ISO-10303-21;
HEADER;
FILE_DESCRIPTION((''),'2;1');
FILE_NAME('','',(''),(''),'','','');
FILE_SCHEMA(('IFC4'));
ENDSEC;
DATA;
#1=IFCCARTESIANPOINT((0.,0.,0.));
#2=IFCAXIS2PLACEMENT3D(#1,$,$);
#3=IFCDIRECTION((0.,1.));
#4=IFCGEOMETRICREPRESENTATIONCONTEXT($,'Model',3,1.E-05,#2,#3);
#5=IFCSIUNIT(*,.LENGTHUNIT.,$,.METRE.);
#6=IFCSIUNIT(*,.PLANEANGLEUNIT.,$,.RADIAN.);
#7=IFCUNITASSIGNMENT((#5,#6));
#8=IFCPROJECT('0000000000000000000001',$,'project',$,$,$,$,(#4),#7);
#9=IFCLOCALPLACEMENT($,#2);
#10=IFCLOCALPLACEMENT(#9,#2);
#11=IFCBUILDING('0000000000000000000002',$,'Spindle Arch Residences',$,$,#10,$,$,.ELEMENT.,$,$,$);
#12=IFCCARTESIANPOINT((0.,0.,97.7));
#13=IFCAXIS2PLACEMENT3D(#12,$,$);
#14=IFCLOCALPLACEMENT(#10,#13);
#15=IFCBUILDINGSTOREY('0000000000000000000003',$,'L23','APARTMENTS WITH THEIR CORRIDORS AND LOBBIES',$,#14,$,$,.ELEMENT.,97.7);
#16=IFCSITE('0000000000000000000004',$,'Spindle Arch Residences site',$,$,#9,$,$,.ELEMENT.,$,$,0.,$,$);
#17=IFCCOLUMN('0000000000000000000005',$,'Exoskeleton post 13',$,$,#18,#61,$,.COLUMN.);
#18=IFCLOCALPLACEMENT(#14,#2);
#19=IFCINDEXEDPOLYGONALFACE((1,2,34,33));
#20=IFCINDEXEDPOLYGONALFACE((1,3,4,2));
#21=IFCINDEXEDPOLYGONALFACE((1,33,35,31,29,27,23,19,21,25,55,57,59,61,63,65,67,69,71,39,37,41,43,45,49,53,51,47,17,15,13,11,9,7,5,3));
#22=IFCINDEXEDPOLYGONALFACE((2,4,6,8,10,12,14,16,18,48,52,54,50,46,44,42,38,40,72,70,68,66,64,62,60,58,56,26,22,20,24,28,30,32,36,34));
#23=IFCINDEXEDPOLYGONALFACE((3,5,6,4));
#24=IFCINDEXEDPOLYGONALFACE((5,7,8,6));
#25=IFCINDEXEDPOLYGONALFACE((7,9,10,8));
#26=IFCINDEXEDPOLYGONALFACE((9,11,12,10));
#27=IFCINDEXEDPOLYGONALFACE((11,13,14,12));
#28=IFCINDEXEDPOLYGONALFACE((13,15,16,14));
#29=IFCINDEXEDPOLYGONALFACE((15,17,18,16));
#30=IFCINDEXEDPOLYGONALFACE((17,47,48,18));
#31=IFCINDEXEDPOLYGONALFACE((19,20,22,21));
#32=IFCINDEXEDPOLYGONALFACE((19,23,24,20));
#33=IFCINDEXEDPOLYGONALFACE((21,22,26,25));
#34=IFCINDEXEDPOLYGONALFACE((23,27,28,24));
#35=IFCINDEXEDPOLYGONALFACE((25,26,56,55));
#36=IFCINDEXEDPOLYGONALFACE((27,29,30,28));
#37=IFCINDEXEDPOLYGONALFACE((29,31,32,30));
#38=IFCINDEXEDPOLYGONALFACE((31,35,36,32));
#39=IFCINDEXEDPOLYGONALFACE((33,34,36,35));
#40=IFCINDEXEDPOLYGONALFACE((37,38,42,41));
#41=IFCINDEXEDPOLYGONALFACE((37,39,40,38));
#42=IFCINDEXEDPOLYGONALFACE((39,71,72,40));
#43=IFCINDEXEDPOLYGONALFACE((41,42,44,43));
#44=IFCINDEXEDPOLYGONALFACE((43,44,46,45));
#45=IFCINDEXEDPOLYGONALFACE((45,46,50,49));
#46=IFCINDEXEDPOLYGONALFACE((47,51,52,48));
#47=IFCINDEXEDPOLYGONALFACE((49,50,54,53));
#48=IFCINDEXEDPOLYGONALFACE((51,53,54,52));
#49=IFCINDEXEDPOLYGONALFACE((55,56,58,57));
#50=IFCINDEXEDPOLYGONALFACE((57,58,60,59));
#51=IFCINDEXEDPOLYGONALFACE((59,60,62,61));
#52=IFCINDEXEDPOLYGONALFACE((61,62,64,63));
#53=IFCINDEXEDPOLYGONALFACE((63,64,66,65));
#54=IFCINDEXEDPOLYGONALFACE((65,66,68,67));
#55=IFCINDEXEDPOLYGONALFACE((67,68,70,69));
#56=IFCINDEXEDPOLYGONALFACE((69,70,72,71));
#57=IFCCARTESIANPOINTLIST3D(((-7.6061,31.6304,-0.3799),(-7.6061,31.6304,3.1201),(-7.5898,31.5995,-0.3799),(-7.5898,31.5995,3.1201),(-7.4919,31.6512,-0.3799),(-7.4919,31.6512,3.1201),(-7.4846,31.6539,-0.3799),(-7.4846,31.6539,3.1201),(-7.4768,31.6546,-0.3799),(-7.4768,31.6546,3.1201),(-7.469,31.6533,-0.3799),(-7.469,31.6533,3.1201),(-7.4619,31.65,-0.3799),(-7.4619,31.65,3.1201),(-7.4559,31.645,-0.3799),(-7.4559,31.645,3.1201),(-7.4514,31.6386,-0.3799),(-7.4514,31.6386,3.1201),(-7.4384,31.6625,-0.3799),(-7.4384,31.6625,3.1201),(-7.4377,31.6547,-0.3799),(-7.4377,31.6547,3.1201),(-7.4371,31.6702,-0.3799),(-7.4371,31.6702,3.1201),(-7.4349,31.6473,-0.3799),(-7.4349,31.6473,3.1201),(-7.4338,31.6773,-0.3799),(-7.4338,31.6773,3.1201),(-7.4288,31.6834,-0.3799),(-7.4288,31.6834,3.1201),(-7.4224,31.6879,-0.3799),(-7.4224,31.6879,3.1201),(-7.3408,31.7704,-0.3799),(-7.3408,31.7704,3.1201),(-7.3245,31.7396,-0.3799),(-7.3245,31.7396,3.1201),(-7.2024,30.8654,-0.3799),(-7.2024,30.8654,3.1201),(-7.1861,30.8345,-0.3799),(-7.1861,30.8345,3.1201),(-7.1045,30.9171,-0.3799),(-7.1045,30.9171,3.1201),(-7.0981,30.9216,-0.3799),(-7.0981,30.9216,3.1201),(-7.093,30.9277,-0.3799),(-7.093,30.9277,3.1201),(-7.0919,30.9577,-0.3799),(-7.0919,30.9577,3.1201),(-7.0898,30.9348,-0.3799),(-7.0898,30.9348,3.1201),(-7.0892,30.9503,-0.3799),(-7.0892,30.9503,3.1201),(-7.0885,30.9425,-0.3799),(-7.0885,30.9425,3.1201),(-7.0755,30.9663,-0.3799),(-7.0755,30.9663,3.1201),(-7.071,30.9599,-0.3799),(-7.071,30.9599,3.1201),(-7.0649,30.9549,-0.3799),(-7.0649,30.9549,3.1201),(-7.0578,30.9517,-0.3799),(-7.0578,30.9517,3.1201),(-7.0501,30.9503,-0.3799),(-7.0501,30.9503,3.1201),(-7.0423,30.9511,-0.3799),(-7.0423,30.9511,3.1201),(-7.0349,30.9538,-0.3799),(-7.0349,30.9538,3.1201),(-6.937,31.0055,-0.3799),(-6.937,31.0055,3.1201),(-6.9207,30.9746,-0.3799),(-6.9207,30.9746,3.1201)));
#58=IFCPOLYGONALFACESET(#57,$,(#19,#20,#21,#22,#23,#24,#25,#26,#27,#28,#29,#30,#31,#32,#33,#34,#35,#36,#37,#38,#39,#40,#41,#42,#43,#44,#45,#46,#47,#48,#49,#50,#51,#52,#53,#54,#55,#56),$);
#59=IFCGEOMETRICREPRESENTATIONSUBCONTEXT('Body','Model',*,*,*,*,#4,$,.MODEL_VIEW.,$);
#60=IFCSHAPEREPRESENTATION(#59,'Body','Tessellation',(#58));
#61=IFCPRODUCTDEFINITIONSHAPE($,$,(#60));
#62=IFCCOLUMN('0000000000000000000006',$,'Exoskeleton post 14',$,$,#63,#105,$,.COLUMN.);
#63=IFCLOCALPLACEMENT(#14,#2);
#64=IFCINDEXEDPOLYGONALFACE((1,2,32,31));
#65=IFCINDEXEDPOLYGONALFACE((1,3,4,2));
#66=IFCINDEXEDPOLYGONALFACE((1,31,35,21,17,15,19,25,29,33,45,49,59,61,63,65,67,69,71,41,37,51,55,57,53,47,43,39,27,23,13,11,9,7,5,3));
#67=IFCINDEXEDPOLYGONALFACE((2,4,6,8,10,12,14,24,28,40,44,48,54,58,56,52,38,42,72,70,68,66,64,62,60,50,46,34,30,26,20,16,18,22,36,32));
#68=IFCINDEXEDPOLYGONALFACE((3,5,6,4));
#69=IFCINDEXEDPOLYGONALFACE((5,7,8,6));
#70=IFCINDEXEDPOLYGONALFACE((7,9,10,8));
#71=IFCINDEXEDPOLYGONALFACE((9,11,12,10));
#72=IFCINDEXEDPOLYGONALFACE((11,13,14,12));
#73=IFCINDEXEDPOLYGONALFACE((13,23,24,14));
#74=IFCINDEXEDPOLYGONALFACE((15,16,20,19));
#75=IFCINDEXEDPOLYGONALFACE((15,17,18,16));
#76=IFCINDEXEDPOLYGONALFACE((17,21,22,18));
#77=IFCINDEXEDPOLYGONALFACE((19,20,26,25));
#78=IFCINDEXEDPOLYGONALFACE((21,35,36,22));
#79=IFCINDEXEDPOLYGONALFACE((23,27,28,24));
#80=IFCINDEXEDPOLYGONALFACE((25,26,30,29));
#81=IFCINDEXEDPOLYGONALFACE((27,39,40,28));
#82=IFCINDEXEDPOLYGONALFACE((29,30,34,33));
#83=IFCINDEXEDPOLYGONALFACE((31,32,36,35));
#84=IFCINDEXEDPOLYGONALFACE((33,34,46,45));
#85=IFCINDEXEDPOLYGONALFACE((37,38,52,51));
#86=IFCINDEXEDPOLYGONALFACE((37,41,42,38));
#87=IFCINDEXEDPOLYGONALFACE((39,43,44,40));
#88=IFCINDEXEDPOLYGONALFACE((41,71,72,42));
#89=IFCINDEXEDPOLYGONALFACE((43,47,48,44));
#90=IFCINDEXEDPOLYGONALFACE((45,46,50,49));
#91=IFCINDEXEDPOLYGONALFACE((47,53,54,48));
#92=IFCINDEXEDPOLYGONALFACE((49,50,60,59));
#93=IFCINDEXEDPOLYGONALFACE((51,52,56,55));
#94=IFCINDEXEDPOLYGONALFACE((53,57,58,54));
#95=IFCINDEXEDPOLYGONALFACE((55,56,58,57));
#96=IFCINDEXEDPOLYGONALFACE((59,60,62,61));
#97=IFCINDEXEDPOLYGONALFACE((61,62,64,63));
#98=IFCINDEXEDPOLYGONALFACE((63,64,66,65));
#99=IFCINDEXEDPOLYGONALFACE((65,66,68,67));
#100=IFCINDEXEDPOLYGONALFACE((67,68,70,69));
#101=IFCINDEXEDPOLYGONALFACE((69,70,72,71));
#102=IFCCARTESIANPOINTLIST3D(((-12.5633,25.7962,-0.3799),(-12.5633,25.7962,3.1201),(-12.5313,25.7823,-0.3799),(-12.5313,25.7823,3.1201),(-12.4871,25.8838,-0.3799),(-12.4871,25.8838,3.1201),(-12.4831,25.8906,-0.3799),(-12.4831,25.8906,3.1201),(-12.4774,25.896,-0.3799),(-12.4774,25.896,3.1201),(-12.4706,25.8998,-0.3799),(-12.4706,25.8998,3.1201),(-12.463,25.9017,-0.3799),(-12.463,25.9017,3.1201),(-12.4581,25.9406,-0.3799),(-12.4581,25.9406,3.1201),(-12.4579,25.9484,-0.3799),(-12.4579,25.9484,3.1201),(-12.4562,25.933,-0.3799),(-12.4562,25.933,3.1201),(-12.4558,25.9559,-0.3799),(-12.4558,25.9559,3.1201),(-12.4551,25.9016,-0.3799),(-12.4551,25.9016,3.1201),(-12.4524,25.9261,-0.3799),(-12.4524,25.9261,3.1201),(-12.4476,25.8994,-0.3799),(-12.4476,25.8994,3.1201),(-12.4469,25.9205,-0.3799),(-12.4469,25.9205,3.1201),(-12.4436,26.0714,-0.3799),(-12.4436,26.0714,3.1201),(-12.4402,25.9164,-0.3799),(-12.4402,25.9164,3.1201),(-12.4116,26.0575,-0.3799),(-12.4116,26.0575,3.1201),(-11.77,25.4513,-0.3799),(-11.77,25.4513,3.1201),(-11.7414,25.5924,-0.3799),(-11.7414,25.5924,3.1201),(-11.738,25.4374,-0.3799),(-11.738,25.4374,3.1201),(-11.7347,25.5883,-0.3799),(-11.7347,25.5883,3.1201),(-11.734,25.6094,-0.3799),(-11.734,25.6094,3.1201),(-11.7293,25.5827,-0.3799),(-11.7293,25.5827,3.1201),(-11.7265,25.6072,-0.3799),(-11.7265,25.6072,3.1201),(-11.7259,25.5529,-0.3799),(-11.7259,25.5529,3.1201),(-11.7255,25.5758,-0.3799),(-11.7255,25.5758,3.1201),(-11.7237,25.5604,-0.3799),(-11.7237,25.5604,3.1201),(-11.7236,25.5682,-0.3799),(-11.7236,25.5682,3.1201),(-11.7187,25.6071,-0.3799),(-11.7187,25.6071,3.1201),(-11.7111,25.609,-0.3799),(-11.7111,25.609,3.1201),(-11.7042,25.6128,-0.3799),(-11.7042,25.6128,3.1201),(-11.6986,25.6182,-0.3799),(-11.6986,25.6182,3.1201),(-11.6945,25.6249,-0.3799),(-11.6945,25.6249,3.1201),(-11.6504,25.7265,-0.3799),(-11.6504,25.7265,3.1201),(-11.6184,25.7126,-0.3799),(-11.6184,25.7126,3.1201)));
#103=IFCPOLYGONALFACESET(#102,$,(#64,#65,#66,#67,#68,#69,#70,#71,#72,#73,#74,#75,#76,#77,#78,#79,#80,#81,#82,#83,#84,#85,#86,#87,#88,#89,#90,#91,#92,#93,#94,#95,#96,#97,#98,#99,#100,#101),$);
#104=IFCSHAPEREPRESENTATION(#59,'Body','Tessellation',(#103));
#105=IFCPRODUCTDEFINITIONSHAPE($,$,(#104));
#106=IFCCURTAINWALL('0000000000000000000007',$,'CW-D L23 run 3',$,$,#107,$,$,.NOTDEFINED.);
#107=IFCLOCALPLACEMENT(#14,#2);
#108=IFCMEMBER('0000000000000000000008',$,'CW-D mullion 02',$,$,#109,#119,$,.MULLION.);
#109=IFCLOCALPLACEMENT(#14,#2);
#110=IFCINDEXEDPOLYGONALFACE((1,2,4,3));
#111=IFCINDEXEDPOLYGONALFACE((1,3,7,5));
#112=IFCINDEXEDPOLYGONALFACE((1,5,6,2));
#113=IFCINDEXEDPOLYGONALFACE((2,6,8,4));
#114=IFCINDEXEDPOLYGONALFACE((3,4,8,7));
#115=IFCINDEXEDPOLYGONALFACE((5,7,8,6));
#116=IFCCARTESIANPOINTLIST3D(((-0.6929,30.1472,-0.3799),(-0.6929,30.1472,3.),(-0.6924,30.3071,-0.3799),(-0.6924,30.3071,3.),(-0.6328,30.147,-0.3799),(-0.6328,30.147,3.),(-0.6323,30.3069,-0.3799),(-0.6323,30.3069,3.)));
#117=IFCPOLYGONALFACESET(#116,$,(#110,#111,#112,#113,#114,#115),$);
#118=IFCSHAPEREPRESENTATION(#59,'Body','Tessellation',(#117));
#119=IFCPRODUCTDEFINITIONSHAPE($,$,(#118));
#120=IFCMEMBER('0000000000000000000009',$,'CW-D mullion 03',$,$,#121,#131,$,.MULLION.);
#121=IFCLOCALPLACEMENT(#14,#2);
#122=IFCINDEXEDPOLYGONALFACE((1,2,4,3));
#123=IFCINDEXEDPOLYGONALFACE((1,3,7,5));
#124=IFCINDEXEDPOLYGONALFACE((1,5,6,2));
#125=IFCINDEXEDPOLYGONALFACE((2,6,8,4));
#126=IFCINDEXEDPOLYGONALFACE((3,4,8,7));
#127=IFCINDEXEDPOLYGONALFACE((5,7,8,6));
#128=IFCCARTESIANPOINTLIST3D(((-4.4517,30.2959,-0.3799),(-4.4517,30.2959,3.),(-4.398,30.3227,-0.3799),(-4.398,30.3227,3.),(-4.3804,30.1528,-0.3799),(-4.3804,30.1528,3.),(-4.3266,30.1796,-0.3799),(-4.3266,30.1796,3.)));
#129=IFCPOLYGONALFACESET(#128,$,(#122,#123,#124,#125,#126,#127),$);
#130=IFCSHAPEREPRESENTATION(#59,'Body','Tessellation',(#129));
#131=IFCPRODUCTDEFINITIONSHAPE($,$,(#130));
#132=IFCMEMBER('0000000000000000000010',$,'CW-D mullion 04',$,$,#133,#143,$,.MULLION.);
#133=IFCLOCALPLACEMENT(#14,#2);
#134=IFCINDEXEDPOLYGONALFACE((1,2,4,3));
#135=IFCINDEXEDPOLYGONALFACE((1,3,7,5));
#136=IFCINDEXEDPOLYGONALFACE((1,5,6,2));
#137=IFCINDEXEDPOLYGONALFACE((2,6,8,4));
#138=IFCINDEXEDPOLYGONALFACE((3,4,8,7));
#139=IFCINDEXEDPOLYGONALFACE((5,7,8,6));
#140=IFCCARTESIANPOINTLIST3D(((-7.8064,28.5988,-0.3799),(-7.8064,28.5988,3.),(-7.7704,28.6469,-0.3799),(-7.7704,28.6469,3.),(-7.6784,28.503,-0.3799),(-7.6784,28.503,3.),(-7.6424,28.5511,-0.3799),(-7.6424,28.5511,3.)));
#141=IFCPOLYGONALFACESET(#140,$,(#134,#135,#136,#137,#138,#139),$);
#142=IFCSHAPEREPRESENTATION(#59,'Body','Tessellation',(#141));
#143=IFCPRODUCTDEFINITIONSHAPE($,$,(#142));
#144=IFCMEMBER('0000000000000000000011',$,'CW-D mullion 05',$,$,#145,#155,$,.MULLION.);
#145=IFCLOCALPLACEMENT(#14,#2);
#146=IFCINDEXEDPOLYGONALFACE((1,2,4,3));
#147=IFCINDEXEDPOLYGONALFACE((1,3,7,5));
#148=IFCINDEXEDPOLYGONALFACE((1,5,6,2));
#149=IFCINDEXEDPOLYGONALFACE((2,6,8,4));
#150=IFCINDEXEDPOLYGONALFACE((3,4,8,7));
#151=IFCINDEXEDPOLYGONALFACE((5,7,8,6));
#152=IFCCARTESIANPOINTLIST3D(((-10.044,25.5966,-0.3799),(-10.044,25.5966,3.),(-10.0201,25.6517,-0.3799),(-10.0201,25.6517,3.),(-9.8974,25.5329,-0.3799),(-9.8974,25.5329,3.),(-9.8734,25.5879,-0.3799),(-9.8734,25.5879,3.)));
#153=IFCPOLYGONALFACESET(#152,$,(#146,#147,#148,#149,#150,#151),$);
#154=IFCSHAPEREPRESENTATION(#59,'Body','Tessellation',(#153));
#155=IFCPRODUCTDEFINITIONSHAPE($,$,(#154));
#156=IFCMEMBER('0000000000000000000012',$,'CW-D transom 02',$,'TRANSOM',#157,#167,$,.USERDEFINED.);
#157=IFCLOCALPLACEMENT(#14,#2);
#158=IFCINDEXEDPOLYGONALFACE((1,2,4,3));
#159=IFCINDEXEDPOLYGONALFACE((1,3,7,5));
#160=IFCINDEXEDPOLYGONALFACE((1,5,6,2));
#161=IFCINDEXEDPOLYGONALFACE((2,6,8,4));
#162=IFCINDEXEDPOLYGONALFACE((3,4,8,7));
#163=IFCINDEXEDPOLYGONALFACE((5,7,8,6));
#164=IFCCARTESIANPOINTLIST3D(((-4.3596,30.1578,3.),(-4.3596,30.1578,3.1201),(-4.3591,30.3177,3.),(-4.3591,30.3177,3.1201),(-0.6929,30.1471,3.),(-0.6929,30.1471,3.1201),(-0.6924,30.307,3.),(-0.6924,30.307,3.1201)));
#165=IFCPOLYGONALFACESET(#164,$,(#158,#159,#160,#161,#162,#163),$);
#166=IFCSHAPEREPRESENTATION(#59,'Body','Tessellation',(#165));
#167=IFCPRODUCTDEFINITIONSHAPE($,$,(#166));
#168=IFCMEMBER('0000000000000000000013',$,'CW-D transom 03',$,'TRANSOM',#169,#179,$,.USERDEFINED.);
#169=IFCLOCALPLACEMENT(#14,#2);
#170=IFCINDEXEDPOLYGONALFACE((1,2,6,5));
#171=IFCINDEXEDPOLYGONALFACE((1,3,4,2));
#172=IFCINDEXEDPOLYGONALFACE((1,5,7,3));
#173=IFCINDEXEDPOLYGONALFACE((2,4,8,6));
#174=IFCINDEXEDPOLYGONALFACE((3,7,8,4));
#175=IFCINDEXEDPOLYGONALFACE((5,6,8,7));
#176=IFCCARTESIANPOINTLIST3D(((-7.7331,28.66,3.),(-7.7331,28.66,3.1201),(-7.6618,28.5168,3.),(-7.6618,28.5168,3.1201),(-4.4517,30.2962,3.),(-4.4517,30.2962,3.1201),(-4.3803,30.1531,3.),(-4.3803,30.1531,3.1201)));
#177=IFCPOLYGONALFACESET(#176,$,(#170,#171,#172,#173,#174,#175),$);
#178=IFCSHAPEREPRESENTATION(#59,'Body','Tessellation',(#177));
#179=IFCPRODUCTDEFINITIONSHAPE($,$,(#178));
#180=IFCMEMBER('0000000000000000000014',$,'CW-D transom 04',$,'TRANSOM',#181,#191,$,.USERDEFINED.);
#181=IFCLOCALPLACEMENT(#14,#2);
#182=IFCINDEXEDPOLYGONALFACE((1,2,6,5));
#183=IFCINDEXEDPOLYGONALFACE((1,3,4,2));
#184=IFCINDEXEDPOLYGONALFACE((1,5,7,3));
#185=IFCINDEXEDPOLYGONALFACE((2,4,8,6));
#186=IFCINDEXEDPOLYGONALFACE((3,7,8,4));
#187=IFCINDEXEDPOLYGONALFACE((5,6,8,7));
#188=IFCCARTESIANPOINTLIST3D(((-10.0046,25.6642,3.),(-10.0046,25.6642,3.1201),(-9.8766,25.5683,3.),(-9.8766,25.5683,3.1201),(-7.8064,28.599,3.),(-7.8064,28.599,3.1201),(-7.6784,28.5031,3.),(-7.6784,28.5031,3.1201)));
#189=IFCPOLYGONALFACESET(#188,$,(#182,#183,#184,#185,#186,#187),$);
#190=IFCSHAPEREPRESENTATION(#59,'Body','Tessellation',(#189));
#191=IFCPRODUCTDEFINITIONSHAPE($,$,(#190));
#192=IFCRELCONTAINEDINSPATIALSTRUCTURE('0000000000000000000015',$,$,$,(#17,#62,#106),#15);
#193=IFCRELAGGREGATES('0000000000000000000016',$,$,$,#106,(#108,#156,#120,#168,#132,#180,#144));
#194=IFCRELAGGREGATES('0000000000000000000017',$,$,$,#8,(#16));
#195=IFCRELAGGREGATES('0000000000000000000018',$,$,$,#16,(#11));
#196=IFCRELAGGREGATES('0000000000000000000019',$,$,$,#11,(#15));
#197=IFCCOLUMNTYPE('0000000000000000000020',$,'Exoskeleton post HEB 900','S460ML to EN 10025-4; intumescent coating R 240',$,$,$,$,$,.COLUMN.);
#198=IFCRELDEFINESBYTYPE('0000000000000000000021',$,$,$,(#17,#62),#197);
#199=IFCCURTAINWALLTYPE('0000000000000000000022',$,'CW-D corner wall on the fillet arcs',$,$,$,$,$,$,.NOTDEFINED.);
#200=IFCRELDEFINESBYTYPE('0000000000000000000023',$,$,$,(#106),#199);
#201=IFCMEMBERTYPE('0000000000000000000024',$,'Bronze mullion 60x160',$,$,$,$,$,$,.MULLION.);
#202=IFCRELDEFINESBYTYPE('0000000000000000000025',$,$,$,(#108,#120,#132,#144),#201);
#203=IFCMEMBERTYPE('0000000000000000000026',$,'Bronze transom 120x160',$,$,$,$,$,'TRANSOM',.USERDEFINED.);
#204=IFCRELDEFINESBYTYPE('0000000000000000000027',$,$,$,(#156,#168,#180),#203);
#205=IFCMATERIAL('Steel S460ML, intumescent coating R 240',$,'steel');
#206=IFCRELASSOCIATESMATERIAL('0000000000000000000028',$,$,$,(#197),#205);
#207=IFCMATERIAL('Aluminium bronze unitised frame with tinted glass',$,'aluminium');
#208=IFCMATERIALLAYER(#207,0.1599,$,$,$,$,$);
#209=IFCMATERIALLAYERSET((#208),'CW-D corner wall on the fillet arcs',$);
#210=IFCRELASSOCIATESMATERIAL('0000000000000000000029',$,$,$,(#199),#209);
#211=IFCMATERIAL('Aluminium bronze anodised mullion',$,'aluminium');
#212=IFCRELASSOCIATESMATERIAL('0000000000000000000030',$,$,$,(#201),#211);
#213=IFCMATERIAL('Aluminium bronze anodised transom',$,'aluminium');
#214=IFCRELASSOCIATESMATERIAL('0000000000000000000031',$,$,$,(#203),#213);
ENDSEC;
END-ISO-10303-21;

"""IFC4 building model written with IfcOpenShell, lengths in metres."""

from ifc_helpers import new_model, si_unit, direction, frame, origin, origin_2d, place, context, subcontext, project, spatial, rectangle, i_section, extrude, material, layer, layer_set, material_profile, profile_set, type_object, element, aggregate, save


model = new_model("IFC4")

# Units and contexts
model_context = context("Model", 3, precision=1e-05, world=origin(), true_north=direction((0.0, 1.0)))
body_context = subcontext(model_context, "Body", "Model", "MODEL_VIEW")
ifc_project = project(units=[si_unit("LENGTHUNIT", "METRE"), si_unit("PLANEANGLEUNIT", "RADIAN")], contexts=[model_context])

# Site, building, storey
site_placement = place(None, origin())
site = spatial("IfcSite", under=ifc_project, at=site_placement, Name="Spindle Arch Residences site", CompositionType="ELEMENT", RefElevation=0.0)
building_placement = place(site_placement, origin())
building = spatial("IfcBuilding", under=site, at=building_placement, Name="Spindle Arch Residences", CompositionType="ELEMENT")
storey_placement = place(building_placement, frame((0.0, 0.0, 97.7)))
storey = spatial("IfcBuildingStorey", under=building, at=storey_placement, Name="L23", Description="APARTMENTS WITH THEIR CORRIDORS AND LOBBIES", CompositionType="ELEMENT", Elevation=97.7)

# Columns
ifc_material_1 = material(Name="Steel S460ML, intumescent coating R 240", Category="steel")
ifc_material_profile_1 = material_profile(ifc_material_1, i_section(OverallWidth=0.3, OverallDepth=0.8999, WebThickness=0.0186, FlangeThickness=0.0349, FilletRadius=0.03, at=origin_2d()), Name="HEB 900")
ifc_profile_set_1 = profile_set([ifc_material_profile_1], Name="Steel S460ML, intumescent coating R 240")
column_type = type_object("IfcColumnType", Name="Exoskeleton post HEB 900", Description="S460ML to EN 10025-4; intumescent coating R 240", PredefinedType="COLUMN", material=ifc_profile_set_1)
for number, where, z_axis, x_axis, name in (
    (1, (-7.2634, 31.3025, -0.3799), (0.0, 0.0, 1.0), (0.884365, 0.466797, 0.0), "Exoskeleton post 13"),
    (2, (-12.0908, 25.7544, -0.3799), (0.0, 0.0, 1.0), (0.398749, 0.91706, 0.0), "Exoskeleton post 14"),
):
    element("IfcColumn", number, at=place(storey_placement, frame(where, z_axis=z_axis, x_axis=x_axis)), inside=storey, type_object=column_type, Name=name, PredefinedType="COLUMN", context=body_context, shape_type="SweptSolid", body=[
        extrude(i_section(OverallWidth=0.3, OverallDepth=0.8999, WebThickness=0.0186, FlangeThickness=0.0349, FilletRadius=0.03, at=origin_2d()), origin(), (0.0, 0.0, 1.0), 3.5),
    ])

# Curtain wall, members
ifc_material_2 = material(Name="Aluminium bronze unitised frame with tinted glass", Category="aluminium")
ifc_layer_1 = layer(ifc_material_2, 0.1599)
ifc_layer_set_1 = layer_set([ifc_layer_1], Name="CW-D corner wall on the fillet arcs")
curtain_wall_type = type_object("IfcCurtainWallType", Name="CW-D corner wall on the fillet arcs", PredefinedType="NOTDEFINED", material=ifc_layer_set_1)
curtain_wall_placement = place(storey_placement, origin())
curtain_wall = element("IfcCurtainWall", 3, at=curtain_wall_placement, inside=storey, type_object=curtain_wall_type, Name="CW-D L23 run 3", PredefinedType="NOTDEFINED")
ifc_material_3 = material(Name="Aluminium bronze anodised mullion", Category="aluminium")
ifc_material_profile_2 = material_profile(ifc_material_3, rectangle(XDim=0.1599, YDim=0.0601, at=origin_2d()), Name="MU 60x160")
ifc_profile_set_2 = profile_set([ifc_material_profile_2], Name="Aluminium bronze anodised mullion")
member_type_1 = type_object("IfcMemberType", Name="Bronze mullion 60x160", PredefinedType="MULLION", material=ifc_profile_set_2)
member_1_placement = place(storey_placement, frame((-0.6626, 30.2271, -0.3799), z_axis=(0.0, 0.0, 1.0), x_axis=(-0.002909, -0.999996, 0.0)))
member_1 = element("IfcMember", 4, at=member_1_placement, type_object=member_type_1, Name="CW-D mullion 02", PredefinedType="MULLION", context=body_context, shape_type="SweptSolid", body=[
    extrude(rectangle(XDim=0.1599, YDim=0.0601, at=origin_2d()), origin(), (0.0, 0.0, 1.0), 3.3799),
])
member_2_placement = place(storey_placement, frame((-4.3892, 30.2378, -0.3799), z_axis=(0.0, 0.0, 1.0), x_axis=(0.446198, -0.894934, 0.0)))
member_2 = element("IfcMember", 5, at=member_2_placement, type_object=member_type_1, Name="CW-D mullion 03", PredefinedType="MULLION", context=body_context, shape_type="SweptSolid", body=[
    extrude(rectangle(XDim=0.1599, YDim=0.0601, at=origin_2d()), origin(), (0.0, 0.0, 1.0), 3.3799),
])
member_3_placement = place(storey_placement, frame((-7.7244, 28.575, -0.3799), z_axis=(0.0, 0.0, 1.0), x_axis=(0.800383, -0.599489, 0.0)))
member_3 = element("IfcMember", 6, at=member_3_placement, type_object=member_type_1, Name="CW-D mullion 04", PredefinedType="MULLION", context=body_context, shape_type="SweptSolid", body=[
    extrude(rectangle(XDim=0.1599, YDim=0.0601, at=origin_2d()), origin(), (0.0, 0.0, 1.0), 3.3799),
])
member_4_placement = place(storey_placement, frame((-9.9587, 25.5923, -0.3799), z_axis=(0.0, 0.0, 1.0), x_axis=(0.91706, -0.398749, 0.0)))
member_4 = element("IfcMember", 7, at=member_4_placement, type_object=member_type_1, Name="CW-D mullion 05", PredefinedType="MULLION", context=body_context, shape_type="SweptSolid", body=[
    extrude(rectangle(XDim=0.1599, YDim=0.0601, at=origin_2d()), origin(), (0.0, 0.0, 1.0), 3.3799),
])
ifc_material_4 = material(Name="Aluminium bronze anodised transom", Category="aluminium")
ifc_material_profile_3 = material_profile(ifc_material_4, rectangle(XDim=0.1599, YDim=0.1201, at=origin_2d()), Name="TR 120x160")
ifc_profile_set_3 = profile_set([ifc_material_profile_3], Name="Aluminium bronze anodised transom")
member_type_2 = type_object("IfcMemberType", Name="Bronze transom 120x160", ElementType="TRANSOM", PredefinedType="USERDEFINED", material=ifc_profile_set_3)
member_5_placement = place(storey_placement, frame((-0.6926, 30.2271, 3.0601), z_axis=(-0.999996, 0.00293, 0.0), x_axis=(-0.00293, -0.999996, 0.0)))
member_5 = element("IfcMember", 8, at=member_5_placement, type_object=member_type_2, Name="CW-D transom 02", ObjectType="TRANSOM", PredefinedType="USERDEFINED", context=body_context, shape_type="SweptSolid", body=[
    extrude(rectangle(XDim=0.1599, YDim=0.1201, at=origin_2d()), origin(), (0.0, 0.0, 1.0), 3.6667),
])
member_6_placement = place(storey_placement, frame((-4.416, 30.2246, 3.0601), z_axis=(-0.894919, -0.446228, 0.0), x_axis=(0.446228, -0.894919, 0.0)))
member_6 = element("IfcMember", 9, at=member_6_placement, type_object=member_type_2, Name="CW-D transom 03", ObjectType="TRANSOM", PredefinedType="USERDEFINED", context=body_context, shape_type="SweptSolid", body=[
    extrude(rectangle(XDim=0.1599, YDim=0.1201, at=origin_2d()), origin(), (0.0, 0.0, 1.0), 3.6667),
])
member_7_placement = place(storey_placement, frame((-7.7424, 28.551, 3.0601), z_axis=(-0.599499, -0.800375, 0.0), x_axis=(0.800375, -0.599499, 0.0)))
member_7 = element("IfcMember", 10, at=member_7_placement, type_object=member_type_2, Name="CW-D transom 04", ObjectType="TRANSOM", PredefinedType="USERDEFINED", context=body_context, shape_type="SweptSolid", body=[
    extrude(rectangle(XDim=0.1599, YDim=0.1201, at=origin_2d()), origin(), (0.0, 0.0, 1.0), 3.6667),
])

aggregate(curtain_wall, [member_1, member_5, member_2, member_6, member_3, member_7, member_4])

save(model, "model.ifc")
